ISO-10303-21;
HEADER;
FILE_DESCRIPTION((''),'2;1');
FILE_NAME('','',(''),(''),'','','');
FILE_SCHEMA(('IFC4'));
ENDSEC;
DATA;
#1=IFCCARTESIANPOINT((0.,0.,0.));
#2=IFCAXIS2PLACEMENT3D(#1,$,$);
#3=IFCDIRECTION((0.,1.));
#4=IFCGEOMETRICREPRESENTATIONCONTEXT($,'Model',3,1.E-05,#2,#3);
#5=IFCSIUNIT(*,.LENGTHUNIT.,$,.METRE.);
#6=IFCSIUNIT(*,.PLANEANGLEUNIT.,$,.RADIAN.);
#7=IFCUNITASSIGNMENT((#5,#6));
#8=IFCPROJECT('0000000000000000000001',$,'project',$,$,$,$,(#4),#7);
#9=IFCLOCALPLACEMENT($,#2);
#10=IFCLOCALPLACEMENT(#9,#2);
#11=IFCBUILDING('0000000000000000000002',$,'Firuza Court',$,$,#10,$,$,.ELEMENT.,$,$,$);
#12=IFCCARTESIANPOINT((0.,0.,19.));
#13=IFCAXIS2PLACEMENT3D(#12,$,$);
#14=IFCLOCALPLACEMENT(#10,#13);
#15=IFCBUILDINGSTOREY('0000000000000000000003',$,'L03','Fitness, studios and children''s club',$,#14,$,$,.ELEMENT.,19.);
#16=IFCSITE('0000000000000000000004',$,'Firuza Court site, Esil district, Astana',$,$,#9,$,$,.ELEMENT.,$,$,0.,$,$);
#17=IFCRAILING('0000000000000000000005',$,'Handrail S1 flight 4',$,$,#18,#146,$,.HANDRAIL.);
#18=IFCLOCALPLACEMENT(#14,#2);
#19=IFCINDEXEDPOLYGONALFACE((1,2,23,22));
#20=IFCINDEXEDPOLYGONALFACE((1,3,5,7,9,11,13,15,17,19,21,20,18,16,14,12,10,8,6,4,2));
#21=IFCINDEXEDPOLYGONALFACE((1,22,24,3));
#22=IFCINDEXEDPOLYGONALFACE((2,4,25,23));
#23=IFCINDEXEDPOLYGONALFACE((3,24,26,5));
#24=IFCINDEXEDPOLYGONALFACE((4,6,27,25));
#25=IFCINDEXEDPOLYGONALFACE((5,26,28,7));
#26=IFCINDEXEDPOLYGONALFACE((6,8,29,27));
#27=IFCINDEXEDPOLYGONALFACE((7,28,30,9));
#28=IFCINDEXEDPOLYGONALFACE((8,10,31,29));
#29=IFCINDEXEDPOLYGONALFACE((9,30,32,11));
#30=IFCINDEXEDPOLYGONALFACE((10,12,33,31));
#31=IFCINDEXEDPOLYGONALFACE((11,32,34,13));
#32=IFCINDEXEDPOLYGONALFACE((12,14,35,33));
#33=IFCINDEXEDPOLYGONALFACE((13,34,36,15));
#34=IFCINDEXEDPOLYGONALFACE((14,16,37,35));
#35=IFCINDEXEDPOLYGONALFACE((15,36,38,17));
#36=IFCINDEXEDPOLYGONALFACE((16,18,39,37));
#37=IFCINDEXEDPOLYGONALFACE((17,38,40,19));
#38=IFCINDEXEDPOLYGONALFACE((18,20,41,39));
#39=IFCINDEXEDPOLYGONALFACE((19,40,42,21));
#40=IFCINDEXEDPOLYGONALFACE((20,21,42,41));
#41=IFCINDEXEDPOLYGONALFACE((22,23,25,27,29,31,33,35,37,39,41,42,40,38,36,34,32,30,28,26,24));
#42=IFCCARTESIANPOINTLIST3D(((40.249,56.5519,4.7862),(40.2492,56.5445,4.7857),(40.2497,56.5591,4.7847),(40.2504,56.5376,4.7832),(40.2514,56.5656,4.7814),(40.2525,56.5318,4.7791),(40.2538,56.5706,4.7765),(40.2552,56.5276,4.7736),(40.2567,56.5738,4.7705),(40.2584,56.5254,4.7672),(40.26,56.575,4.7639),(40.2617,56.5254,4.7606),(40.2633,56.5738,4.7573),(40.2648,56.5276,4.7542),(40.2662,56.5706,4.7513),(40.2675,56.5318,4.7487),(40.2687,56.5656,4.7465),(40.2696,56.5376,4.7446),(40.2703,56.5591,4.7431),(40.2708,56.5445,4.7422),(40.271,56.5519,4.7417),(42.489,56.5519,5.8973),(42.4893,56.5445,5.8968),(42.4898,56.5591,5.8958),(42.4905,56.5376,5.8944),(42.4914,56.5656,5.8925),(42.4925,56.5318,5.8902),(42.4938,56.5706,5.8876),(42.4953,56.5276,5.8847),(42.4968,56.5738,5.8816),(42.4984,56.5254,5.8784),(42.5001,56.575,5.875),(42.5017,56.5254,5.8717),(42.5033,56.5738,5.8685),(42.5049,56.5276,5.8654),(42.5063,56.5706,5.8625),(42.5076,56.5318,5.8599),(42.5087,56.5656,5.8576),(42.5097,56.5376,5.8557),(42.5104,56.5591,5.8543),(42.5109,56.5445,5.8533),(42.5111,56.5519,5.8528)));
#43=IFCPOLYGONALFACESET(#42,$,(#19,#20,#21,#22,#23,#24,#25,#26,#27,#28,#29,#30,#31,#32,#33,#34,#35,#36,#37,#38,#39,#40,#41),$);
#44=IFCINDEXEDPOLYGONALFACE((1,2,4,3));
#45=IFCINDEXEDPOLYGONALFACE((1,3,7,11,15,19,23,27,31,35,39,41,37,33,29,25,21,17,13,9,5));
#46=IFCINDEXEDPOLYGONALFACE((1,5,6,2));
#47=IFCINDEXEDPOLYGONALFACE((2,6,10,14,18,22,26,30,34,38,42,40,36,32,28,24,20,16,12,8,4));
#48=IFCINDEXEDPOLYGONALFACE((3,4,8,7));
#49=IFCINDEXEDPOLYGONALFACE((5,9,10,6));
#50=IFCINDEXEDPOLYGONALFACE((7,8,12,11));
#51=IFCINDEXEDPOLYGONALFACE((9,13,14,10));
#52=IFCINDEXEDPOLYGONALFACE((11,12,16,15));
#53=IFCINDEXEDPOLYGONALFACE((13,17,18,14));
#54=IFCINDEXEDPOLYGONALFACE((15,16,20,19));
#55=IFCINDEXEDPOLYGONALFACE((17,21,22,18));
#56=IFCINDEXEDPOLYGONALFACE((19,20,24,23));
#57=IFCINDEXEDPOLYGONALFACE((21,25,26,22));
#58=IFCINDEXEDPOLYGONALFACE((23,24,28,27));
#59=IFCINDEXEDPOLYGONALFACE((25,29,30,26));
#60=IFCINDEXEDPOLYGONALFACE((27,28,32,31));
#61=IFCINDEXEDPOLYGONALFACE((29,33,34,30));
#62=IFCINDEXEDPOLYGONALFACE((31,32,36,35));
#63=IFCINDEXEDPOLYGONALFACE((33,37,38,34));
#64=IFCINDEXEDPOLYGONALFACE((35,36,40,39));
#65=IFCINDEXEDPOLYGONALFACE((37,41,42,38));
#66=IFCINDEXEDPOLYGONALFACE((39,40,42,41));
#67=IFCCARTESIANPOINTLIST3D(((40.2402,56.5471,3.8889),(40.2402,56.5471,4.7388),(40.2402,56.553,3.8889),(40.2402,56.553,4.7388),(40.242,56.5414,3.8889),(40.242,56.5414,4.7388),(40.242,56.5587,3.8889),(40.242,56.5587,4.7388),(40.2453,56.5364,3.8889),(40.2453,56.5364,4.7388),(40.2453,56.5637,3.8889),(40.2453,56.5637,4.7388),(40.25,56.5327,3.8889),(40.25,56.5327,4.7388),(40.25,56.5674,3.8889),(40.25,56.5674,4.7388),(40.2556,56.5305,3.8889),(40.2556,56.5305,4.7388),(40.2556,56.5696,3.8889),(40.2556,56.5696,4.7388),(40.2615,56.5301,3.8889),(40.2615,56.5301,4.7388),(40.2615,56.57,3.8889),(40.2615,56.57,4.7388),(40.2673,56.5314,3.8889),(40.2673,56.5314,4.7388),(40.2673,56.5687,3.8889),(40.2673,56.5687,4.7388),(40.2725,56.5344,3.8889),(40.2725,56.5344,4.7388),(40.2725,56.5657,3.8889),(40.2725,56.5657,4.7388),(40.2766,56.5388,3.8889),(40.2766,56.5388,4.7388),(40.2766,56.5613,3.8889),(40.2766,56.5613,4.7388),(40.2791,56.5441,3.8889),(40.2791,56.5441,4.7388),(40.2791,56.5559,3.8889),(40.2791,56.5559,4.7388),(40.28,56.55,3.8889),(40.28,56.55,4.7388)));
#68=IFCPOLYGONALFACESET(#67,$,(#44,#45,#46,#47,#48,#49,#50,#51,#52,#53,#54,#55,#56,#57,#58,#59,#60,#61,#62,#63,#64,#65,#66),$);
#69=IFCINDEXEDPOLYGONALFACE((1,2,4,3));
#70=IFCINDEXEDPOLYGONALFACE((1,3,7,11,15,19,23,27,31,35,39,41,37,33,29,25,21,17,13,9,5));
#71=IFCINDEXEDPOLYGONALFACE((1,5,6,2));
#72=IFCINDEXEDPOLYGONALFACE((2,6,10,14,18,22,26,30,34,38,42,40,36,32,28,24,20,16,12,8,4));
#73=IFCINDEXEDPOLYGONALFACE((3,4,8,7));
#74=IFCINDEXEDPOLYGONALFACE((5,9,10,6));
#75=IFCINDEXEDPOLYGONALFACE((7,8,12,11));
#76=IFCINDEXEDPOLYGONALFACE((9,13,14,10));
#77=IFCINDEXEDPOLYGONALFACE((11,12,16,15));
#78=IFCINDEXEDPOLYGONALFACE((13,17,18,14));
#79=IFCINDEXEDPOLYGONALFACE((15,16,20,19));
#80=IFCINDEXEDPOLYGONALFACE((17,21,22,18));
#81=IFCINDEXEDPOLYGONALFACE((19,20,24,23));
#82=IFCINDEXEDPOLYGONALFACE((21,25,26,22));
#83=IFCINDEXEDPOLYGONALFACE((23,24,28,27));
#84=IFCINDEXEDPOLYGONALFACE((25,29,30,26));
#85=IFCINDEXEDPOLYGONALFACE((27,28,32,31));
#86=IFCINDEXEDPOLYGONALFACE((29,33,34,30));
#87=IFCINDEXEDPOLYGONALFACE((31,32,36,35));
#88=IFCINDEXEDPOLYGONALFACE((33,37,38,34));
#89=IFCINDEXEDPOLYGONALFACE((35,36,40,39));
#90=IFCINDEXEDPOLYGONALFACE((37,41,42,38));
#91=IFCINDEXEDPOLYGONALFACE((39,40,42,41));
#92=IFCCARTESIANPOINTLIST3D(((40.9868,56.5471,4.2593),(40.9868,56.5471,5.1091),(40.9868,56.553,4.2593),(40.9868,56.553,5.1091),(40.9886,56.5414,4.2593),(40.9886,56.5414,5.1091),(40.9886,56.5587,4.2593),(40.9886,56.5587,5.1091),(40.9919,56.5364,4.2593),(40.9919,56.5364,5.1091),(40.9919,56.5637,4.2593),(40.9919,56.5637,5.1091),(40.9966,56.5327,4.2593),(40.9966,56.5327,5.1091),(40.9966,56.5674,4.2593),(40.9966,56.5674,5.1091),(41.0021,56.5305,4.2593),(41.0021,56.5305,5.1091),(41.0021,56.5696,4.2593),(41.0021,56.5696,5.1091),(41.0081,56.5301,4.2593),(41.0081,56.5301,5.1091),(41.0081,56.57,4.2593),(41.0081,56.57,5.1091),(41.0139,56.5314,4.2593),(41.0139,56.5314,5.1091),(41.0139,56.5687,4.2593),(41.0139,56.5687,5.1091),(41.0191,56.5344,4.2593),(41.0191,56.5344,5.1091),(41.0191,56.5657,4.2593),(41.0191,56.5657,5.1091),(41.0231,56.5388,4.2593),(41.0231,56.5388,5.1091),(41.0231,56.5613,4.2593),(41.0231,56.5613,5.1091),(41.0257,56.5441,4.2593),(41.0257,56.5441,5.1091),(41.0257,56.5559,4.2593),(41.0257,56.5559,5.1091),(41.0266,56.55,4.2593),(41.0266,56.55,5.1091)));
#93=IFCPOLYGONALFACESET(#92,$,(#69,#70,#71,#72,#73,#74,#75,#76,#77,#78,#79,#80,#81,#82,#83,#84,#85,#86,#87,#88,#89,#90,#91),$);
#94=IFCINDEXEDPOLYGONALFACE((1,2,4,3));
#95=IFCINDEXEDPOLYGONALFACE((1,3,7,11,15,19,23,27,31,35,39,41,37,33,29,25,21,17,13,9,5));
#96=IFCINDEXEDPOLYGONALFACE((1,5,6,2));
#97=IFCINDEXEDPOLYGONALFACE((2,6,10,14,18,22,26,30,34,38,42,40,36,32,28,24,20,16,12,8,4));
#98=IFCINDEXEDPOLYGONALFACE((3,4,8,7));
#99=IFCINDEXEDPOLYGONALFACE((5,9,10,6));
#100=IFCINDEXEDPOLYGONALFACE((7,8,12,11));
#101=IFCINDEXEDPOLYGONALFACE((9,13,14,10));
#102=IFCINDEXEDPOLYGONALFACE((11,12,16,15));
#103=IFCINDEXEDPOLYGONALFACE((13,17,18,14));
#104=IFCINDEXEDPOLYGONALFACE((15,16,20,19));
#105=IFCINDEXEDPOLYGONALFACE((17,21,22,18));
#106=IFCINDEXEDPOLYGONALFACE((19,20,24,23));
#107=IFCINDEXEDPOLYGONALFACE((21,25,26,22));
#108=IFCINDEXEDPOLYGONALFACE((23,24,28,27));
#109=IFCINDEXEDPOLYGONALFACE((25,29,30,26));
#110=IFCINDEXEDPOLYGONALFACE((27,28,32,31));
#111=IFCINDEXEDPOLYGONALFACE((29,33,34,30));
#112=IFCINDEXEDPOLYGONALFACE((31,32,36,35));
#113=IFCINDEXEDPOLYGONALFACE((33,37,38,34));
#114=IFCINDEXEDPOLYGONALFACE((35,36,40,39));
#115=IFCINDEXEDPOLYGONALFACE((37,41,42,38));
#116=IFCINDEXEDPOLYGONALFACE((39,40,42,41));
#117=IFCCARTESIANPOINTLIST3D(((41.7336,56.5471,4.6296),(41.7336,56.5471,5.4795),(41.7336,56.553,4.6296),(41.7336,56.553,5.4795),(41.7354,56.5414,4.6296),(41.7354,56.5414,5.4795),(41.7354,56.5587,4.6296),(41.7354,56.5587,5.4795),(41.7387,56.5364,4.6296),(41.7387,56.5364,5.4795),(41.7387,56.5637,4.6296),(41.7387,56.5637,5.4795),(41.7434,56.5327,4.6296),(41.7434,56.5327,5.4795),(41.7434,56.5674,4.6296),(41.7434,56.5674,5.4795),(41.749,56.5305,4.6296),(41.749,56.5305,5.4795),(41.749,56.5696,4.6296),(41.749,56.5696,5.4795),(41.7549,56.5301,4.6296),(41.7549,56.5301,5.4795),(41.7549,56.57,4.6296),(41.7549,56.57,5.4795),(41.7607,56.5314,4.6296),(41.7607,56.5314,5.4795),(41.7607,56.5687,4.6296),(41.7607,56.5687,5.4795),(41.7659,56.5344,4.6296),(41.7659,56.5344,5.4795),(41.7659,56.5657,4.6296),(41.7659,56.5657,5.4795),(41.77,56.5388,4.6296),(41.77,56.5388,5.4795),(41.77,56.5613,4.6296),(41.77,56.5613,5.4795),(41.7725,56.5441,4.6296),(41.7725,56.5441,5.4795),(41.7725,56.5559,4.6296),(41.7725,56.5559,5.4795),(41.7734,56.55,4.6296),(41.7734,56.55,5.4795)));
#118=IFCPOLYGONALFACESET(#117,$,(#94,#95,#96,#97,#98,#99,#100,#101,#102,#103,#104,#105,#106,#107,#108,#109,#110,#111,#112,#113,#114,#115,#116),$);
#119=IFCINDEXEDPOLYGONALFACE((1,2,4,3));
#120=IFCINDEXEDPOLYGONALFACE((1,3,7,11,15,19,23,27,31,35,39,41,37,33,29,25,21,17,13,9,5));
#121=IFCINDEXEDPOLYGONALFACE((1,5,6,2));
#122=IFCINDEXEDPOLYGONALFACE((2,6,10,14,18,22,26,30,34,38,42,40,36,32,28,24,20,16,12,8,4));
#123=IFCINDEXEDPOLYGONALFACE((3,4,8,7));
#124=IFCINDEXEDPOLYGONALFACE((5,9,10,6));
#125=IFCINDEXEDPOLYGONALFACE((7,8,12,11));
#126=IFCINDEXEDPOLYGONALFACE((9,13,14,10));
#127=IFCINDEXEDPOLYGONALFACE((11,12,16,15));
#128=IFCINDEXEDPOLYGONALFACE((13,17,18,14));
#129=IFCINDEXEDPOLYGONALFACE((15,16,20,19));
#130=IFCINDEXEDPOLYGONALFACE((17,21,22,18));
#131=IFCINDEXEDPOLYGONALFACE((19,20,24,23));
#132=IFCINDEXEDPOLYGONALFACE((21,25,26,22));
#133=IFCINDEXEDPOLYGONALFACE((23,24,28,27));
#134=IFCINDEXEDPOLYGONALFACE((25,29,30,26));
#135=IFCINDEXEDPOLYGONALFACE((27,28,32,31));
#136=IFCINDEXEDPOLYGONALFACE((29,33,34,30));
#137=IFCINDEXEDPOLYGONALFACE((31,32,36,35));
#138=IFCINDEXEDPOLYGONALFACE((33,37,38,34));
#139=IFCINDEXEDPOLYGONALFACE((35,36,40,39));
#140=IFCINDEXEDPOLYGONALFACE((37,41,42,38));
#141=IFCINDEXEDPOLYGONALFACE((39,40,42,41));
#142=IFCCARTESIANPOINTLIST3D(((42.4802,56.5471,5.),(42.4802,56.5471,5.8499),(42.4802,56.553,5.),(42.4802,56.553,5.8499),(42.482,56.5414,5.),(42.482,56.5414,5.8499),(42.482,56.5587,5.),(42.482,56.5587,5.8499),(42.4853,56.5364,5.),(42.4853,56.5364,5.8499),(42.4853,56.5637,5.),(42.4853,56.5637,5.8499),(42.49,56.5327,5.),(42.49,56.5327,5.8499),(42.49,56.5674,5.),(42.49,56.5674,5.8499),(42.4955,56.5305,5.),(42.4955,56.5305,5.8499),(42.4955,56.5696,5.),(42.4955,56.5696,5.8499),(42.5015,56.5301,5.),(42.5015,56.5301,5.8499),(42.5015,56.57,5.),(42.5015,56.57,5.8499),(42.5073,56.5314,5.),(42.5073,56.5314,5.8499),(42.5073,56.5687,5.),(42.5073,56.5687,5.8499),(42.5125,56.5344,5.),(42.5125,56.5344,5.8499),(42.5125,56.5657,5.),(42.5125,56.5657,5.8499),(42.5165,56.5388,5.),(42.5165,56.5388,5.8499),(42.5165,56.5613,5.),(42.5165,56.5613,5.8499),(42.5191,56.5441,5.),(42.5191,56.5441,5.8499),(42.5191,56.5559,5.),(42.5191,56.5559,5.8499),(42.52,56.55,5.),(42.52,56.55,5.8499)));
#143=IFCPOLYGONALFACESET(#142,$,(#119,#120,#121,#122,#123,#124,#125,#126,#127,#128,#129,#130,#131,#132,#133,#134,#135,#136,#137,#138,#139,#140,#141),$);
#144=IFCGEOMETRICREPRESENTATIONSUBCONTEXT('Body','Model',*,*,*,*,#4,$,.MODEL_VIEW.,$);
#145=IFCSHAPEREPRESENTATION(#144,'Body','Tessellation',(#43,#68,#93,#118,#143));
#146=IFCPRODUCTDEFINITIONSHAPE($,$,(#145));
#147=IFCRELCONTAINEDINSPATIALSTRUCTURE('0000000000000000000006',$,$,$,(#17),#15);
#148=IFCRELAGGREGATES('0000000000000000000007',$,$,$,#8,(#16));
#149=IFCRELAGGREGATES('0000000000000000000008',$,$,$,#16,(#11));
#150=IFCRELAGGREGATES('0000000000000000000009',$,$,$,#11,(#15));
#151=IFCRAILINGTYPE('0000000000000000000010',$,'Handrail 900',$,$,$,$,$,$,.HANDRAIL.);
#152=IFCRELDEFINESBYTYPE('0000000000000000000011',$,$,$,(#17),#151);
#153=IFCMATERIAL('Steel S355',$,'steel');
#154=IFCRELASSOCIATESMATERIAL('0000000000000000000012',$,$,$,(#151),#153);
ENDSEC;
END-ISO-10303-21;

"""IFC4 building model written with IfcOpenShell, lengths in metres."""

from ifc_helpers import new_model, si_unit, direction, frame, origin, origin_2d, place, context, subcontext, project, spatial, circle, extrude, material, type_object, element, save


model = new_model("IFC4")

# Units and contexts
model_context = context("Model", 3, precision=1e-05, world=origin(), true_north=direction((0.0, 1.0)))
body_context = subcontext(model_context, "Body", "Model", "MODEL_VIEW")
ifc_project = project(units=[si_unit("LENGTHUNIT", "METRE"), si_unit("PLANEANGLEUNIT", "RADIAN")], contexts=[model_context])

# Site, building, storey
site_placement = place(None, origin())
site = spatial("IfcSite", under=ifc_project, at=site_placement, Name="Firuza Court site, Esil district, Astana", CompositionType="ELEMENT", RefElevation=0.0)
building_placement = place(site_placement, origin())
building = spatial("IfcBuilding", under=site, at=building_placement, Name="Firuza Court", CompositionType="ELEMENT")
storey_placement = place(building_placement, frame((0.0, 0.0, 19.0)))
storey = spatial("IfcBuildingStorey", under=building, at=storey_placement, Name="L03", Description="Fitness, studios and children's club", CompositionType="ELEMENT", Elevation=19.0)

# Railing
ifc_material_1 = material(Name="Steel S355", Category="steel")
railing_type = type_object("IfcRailingType", Name="Handrail 900", PredefinedType="HANDRAIL", material=ifc_material_1)
for number, where, name in (
    (1, (40.26, 56.55, 3.8889), "Handrail S1 flight 4"),
):
    element("IfcRailing", number, at=place(storey_placement, frame(where)), inside=storey, type_object=railing_type, Name=name, PredefinedType="HANDRAIL", context=body_context, shape_type="SweptSolid", body=[
        extrude(circle(Radius=0.0249, at=origin_2d()), frame((0.0, 0.0, 0.875), z_axis=(0.895848, 0.0, 0.44436), x_axis=(0.0, 1.0, 0.0)), (0.0, 0.0, 1.0), 2.5005),
        extrude(circle(Radius=0.02, at=origin_2d()), origin(), (0.0, 0.0, 1.0), 0.8499),
        extrude(circle(Radius=0.02, at=origin_2d()), frame((0.7466, 0.0, 0.3704)), (0.0, 0.0, 1.0), 0.8499),
        extrude(circle(Radius=0.02, at=origin_2d()), frame((1.4934, 0.0, 0.7407)), (0.0, 0.0, 1.0), 0.8499),
        extrude(circle(Radius=0.02, at=origin_2d()), frame((2.24, 0.0, 1.1111)), (0.0, 0.0, 1.0), 0.8499),
    ])

save(model, "model.ifc")
